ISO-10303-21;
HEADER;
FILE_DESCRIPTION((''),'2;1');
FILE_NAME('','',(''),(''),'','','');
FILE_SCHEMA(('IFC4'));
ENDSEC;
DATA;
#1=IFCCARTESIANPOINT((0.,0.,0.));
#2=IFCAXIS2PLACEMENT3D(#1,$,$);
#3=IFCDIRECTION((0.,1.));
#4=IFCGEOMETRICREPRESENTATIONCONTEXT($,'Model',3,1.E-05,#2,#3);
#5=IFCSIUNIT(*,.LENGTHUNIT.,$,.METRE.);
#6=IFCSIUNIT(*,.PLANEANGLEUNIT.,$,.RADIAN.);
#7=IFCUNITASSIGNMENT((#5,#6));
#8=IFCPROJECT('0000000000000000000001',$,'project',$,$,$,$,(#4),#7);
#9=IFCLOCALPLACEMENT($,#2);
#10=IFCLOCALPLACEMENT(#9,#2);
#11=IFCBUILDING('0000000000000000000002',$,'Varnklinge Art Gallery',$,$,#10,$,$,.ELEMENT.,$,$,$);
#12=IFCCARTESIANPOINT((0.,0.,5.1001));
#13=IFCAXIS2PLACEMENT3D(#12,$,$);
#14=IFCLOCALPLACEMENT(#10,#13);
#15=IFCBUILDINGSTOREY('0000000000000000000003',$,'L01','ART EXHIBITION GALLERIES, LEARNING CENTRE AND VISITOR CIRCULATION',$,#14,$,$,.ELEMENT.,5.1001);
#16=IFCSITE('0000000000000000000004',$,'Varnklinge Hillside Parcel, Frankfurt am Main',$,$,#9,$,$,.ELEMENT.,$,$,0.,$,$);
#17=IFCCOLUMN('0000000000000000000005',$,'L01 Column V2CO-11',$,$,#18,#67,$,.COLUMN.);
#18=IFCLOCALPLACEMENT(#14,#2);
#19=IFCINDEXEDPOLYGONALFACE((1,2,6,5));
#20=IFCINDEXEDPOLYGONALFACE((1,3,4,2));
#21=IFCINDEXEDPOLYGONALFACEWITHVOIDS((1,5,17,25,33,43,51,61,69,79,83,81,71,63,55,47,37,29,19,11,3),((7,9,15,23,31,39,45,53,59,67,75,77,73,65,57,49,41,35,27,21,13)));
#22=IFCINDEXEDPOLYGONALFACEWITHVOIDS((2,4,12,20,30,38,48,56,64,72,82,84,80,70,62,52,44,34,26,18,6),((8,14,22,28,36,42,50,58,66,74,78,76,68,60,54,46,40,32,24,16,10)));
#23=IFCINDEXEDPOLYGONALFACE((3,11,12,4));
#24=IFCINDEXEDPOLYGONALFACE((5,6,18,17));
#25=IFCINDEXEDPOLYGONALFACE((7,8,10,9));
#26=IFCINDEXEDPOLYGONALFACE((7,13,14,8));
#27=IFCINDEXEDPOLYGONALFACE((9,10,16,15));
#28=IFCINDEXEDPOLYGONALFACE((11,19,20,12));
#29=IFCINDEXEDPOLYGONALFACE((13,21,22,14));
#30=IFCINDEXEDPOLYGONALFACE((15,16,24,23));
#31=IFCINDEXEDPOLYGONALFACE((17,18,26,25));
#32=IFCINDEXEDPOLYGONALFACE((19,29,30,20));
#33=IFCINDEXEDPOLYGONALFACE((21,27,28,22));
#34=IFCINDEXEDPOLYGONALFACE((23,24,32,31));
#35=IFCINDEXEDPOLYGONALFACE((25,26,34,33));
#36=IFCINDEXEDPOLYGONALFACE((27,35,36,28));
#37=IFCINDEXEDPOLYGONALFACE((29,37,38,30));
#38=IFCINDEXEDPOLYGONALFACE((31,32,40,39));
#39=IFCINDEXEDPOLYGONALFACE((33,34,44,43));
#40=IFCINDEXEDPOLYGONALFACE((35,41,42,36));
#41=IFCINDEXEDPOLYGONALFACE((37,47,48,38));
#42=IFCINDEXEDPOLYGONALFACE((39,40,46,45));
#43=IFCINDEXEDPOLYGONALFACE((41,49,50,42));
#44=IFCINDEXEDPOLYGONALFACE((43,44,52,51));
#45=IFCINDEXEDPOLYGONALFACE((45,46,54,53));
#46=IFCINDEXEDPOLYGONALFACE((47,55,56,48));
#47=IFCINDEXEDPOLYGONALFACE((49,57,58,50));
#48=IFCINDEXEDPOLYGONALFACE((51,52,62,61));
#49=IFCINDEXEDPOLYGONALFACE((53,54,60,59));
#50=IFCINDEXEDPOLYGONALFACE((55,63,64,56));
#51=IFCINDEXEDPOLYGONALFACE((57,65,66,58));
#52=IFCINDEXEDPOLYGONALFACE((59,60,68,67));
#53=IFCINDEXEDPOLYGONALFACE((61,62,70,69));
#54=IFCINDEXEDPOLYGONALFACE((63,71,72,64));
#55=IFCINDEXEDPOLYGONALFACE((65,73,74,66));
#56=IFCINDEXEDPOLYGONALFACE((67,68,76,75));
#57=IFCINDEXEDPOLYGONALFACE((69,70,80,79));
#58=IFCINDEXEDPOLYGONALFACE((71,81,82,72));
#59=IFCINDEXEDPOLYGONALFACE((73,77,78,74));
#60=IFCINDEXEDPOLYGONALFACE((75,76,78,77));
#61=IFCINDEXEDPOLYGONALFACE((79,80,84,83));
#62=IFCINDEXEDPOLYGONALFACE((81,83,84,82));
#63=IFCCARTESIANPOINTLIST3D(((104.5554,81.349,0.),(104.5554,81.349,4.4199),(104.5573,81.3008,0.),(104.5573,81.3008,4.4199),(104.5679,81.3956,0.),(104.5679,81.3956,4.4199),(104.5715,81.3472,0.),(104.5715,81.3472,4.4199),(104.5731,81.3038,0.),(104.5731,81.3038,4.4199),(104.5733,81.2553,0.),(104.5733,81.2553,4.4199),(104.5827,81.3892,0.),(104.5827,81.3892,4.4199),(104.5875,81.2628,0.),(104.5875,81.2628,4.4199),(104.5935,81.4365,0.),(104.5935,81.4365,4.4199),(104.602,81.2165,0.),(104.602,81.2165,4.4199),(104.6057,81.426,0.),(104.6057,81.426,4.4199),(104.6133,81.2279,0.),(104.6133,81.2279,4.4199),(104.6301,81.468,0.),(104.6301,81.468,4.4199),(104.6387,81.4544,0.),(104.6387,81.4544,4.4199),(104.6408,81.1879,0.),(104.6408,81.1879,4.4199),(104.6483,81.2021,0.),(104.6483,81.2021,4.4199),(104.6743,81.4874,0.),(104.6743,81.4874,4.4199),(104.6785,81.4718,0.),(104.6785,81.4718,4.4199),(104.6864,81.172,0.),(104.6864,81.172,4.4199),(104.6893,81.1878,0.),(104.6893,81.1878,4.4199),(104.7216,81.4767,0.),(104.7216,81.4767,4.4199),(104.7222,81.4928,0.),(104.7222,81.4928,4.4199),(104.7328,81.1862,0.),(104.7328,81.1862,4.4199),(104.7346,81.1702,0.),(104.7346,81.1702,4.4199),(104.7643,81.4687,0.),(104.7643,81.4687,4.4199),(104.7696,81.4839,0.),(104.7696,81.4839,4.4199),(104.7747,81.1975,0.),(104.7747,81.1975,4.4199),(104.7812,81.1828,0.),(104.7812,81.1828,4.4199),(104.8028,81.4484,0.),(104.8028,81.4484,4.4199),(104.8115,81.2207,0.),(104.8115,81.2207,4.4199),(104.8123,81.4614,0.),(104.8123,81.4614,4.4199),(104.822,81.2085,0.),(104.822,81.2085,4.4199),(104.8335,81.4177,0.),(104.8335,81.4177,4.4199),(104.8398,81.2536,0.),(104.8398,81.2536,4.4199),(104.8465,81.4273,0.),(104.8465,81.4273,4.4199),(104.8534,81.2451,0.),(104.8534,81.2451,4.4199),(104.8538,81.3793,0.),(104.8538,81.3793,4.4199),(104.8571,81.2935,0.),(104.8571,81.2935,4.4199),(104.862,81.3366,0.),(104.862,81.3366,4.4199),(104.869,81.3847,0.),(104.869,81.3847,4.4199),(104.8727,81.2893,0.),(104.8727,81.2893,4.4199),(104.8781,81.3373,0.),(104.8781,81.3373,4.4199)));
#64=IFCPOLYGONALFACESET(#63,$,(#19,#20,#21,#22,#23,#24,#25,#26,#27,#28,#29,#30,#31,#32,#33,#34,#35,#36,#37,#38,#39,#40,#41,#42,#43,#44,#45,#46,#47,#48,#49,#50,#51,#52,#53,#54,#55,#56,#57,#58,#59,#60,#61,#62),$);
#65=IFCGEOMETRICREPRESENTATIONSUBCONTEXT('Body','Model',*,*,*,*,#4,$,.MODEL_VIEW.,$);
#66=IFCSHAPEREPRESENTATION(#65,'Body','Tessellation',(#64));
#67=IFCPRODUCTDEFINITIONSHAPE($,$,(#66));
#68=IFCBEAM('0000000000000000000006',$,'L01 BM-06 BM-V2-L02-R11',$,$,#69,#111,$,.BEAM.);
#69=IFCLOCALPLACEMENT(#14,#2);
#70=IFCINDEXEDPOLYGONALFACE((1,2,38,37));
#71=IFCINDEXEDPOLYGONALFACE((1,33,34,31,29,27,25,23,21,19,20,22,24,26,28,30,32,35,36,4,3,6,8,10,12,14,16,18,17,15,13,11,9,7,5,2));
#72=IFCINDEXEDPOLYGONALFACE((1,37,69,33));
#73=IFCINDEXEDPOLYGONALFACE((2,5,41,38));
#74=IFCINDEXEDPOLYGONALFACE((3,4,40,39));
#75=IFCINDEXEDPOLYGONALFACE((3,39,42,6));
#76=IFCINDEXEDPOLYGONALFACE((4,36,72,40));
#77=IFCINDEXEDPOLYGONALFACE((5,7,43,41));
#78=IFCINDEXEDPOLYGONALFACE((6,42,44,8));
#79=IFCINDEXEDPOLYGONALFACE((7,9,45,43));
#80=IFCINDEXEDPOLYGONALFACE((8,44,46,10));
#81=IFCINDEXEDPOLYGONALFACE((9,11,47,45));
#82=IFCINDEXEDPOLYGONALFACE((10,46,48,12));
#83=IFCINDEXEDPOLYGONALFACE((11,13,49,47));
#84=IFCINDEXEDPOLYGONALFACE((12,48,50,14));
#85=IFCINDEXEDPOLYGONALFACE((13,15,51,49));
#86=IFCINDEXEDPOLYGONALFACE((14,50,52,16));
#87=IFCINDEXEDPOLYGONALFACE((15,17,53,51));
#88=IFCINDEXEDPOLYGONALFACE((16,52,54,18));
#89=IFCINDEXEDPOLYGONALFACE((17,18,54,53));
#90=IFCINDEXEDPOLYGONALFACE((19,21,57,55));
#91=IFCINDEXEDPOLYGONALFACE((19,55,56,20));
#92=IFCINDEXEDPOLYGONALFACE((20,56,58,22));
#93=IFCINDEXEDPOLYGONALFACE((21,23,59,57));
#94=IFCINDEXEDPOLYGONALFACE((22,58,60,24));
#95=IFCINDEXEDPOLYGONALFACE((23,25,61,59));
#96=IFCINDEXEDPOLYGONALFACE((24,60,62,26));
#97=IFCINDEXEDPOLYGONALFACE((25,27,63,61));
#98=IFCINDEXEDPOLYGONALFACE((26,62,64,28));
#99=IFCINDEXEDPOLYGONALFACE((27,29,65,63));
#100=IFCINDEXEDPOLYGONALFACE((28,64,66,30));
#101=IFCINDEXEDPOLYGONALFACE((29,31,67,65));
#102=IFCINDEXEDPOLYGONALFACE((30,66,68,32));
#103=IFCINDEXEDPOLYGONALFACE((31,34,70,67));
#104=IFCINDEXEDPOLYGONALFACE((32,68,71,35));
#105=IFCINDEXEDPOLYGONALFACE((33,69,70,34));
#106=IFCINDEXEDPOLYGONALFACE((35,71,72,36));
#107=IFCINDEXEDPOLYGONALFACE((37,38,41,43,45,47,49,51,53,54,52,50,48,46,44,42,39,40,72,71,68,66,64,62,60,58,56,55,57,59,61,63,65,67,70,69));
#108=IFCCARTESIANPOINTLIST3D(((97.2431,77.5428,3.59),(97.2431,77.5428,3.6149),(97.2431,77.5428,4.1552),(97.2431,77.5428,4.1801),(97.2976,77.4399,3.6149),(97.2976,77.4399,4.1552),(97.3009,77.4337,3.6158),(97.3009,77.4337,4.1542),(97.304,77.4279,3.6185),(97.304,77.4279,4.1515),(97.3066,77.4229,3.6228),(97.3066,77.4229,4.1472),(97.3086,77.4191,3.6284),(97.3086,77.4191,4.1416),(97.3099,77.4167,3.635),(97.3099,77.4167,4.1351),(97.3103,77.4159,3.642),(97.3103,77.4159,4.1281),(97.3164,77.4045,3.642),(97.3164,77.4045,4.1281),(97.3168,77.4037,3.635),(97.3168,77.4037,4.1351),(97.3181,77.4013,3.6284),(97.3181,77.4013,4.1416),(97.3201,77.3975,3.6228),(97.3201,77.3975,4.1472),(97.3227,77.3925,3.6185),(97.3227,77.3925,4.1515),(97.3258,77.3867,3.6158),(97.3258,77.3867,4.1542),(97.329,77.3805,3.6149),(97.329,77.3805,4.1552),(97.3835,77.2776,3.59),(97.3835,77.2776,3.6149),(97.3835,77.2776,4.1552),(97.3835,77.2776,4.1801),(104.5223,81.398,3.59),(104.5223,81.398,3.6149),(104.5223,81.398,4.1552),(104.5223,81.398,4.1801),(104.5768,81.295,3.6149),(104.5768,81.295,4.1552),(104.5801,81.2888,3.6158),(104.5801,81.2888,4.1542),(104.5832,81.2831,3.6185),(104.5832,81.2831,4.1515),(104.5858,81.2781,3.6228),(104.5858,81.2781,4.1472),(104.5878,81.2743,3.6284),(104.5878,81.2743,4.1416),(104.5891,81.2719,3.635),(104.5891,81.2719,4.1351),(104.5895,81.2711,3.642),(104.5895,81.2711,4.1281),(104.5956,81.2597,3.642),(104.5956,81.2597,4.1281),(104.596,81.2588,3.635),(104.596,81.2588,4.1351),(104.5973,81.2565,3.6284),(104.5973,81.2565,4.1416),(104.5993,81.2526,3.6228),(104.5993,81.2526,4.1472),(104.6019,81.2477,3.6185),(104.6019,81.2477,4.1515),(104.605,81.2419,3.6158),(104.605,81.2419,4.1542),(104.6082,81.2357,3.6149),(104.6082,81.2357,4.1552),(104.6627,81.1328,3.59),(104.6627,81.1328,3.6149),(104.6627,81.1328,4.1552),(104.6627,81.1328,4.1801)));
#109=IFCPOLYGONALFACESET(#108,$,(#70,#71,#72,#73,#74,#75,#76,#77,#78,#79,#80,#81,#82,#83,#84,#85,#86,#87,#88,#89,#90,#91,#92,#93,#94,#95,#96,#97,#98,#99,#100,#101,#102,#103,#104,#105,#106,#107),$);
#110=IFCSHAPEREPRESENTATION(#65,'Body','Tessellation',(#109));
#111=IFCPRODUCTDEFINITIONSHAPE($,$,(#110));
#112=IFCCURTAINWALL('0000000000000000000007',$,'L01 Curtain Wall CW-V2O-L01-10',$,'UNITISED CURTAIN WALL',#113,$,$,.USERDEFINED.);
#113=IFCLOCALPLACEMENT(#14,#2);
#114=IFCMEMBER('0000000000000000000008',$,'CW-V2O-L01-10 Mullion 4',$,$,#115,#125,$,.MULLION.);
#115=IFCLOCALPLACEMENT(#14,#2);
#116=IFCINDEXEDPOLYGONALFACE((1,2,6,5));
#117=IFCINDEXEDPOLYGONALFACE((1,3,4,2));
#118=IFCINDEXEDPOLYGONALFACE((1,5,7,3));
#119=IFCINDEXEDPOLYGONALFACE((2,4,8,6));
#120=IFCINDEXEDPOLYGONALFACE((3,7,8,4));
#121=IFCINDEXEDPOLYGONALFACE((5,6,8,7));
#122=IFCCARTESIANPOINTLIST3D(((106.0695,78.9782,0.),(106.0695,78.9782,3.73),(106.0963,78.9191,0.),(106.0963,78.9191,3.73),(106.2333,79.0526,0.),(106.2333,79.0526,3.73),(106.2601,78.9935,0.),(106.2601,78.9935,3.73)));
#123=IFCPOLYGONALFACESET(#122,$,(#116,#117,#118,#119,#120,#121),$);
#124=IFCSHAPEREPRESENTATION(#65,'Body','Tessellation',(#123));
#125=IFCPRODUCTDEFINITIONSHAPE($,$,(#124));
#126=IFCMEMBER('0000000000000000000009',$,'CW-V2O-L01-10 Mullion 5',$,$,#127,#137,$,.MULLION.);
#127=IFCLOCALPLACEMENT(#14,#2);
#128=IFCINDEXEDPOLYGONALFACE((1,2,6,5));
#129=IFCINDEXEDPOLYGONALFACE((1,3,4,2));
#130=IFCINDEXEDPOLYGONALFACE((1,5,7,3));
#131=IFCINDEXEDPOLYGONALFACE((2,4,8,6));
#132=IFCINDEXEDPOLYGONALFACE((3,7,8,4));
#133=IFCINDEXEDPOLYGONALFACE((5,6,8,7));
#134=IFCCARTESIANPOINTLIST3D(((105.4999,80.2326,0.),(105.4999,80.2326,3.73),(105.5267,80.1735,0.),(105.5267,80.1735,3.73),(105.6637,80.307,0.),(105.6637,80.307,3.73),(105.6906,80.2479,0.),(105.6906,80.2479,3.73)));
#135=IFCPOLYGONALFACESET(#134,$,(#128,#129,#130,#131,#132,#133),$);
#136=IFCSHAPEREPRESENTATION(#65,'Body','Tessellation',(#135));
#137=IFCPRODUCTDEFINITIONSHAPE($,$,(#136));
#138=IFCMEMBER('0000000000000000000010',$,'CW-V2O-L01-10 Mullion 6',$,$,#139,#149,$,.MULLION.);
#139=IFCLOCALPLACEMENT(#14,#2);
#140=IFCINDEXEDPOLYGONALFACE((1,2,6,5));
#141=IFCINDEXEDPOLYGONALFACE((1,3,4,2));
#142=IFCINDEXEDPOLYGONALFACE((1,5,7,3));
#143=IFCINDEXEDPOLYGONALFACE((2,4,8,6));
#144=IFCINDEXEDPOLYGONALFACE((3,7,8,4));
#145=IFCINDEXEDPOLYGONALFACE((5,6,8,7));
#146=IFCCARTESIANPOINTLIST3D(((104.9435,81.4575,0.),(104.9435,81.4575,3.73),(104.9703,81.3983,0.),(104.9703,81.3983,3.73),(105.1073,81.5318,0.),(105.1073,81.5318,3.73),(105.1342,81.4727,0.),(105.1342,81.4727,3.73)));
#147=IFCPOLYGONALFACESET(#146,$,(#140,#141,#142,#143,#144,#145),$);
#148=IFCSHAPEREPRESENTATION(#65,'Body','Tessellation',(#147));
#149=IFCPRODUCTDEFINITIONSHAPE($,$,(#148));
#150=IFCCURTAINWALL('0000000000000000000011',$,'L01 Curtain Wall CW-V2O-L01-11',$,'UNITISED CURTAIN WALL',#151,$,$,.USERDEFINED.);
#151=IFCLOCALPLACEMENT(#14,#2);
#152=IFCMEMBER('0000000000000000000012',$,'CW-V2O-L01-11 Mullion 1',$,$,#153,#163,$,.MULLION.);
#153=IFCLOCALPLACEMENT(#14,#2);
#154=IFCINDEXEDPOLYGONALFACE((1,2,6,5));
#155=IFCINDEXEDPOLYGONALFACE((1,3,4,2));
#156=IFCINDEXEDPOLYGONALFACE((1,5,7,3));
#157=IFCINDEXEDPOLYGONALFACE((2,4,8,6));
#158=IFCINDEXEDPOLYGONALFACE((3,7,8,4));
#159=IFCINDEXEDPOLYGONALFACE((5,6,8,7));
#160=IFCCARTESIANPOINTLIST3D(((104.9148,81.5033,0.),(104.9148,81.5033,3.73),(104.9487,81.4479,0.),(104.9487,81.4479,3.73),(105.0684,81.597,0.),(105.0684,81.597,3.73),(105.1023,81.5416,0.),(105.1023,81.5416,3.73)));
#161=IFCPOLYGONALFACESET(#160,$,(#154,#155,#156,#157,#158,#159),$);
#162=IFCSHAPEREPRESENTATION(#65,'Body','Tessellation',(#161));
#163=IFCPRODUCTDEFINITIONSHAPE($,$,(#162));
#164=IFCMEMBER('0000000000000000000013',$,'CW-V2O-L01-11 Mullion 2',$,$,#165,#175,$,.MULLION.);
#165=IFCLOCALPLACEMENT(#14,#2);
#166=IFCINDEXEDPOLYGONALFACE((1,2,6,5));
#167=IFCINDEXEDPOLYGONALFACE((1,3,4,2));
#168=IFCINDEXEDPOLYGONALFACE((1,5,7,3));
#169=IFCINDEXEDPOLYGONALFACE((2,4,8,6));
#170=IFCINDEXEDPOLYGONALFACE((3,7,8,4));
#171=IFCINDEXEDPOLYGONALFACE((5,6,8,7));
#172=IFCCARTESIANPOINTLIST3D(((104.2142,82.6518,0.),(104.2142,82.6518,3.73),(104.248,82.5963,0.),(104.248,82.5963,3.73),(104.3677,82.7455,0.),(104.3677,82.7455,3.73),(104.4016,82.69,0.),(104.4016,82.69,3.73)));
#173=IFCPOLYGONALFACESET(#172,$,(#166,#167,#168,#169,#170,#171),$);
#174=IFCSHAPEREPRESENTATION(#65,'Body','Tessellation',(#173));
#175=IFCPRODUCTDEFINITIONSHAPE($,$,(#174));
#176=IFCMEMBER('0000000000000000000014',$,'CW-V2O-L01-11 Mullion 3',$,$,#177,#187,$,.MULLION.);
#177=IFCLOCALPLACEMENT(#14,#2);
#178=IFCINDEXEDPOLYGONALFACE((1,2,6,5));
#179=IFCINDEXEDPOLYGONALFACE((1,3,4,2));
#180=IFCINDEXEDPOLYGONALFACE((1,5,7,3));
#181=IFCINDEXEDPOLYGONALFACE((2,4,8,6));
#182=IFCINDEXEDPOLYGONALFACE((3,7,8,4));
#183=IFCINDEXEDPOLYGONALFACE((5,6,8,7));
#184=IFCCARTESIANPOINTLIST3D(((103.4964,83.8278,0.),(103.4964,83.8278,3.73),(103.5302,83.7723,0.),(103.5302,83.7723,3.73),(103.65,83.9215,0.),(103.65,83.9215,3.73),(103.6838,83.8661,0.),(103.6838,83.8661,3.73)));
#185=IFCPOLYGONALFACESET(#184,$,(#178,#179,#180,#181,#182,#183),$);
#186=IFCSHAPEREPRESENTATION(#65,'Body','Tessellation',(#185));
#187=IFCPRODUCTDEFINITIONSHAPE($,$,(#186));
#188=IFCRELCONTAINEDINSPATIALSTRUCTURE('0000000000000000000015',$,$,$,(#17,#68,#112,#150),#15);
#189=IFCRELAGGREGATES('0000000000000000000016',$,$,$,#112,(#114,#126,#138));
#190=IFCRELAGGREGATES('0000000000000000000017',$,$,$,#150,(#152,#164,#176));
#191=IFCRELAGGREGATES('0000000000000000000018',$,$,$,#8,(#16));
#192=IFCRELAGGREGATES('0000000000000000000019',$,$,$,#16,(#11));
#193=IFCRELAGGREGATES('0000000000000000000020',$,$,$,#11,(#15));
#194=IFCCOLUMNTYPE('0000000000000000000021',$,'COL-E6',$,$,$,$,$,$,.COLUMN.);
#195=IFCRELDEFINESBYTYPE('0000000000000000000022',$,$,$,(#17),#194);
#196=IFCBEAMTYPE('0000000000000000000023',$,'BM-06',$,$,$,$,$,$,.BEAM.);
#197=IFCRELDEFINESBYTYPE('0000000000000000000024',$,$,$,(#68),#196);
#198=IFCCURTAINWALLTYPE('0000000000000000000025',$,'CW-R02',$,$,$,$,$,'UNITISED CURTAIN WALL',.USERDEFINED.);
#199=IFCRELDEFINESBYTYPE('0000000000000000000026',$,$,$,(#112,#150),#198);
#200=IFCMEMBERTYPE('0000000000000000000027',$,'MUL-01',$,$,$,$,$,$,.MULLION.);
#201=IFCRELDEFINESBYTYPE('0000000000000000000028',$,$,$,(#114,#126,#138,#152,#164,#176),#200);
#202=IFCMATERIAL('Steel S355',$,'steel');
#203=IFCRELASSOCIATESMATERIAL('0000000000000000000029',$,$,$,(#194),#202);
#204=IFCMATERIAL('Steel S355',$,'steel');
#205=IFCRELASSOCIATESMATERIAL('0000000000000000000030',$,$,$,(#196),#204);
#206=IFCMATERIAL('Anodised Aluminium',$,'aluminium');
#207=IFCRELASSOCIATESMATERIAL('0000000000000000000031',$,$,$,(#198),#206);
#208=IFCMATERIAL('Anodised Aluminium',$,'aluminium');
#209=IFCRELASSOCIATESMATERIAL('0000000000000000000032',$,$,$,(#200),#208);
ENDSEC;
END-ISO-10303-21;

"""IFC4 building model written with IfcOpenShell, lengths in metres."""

from ifc_helpers import new_model, si_unit, direction, frame, origin, origin_2d, place, context, subcontext, project, spatial, rectangle, hollow_circle, i_section, extrude, material, material_profile, profile_set, type_object, element, aggregate, save


model = new_model("IFC4")

# Units and contexts
model_context = context("Model", 3, precision=1e-05, world=origin(), true_north=direction((0.0, 1.0)))
body_context = subcontext(model_context, "Body", "Model", "MODEL_VIEW")
ifc_project = project(units=[si_unit("LENGTHUNIT", "METRE"), si_unit("PLANEANGLEUNIT", "RADIAN")], contexts=[model_context])

# Site, building, storey
site_placement = place(None, origin())
site = spatial("IfcSite", under=ifc_project, at=site_placement, Name="Varnklinge Hillside Parcel, Frankfurt am Main", CompositionType="ELEMENT", RefElevation=0.0)
building_placement = place(site_placement, origin())
building = spatial("IfcBuilding", under=site, at=building_placement, Name="Varnklinge Art Gallery", CompositionType="ELEMENT")
storey_placement = place(building_placement, frame((0.0, 0.0, 5.1001)))
storey = spatial("IfcBuildingStorey", under=building, at=storey_placement, Name="L01", Description="ART EXHIBITION GALLERIES, LEARNING CENTRE AND VISITOR CIRCULATION", CompositionType="ELEMENT", Elevation=5.1001)

# Column
ifc_material_1 = material(Name="Steel S355", Category="steel")
ifc_material_profile_1 = material_profile(ifc_material_1, hollow_circle(Radius=0.1619, WallThickness=0.0161, at=origin_2d()), Name="CHS 323.9x16")
ifc_profile_set_1 = profile_set([ifc_material_profile_1], Name="Steel S355")
column_type = type_object("IfcColumnType", Name="COL-E6", PredefinedType="COLUMN", material=ifc_profile_set_1)
column_placement = place(storey_placement, frame((104.7163, 81.3311, 0.0), z_axis=(0.0, 0.0, 1.0), x_axis=(-0.883684, -0.468084, 0.0)))
element("IfcColumn", 1, at=column_placement, inside=storey, type_object=column_type, Name="L01 Column V2CO-11", PredefinedType="COLUMN", context=body_context, shape_type="SweptSolid", body=[
    extrude(hollow_circle(Radius=0.1619, WallThickness=0.0161, at=origin_2d()), origin(), (0.0, 0.0, 1.0), 4.4199),
])

# Beam
ifc_material_2 = material(Name="Steel S355", Category="steel")
ifc_material_profile_2 = material_profile(ifc_material_2, i_section(OverallWidth=0.3, OverallDepth=0.5901, WebThickness=0.0129, FlangeThickness=0.0249, FilletRadius=0.0271, at=origin_2d()), Name="HEA 600")
ifc_profile_set_2 = profile_set([ifc_material_profile_2], Name="Steel S355")
beam_type_1 = type_object("IfcBeamType", Name="BM-06", PredefinedType="BEAM", material=ifc_profile_set_2)
beam_1_placement = place(storey_placement, frame((104.5925, 81.2654, 3.885), z_axis=(-0.883714, -0.468028, 0.0), x_axis=(0.468028, -0.883714, 0.0)))
element("IfcBeam", 2, at=beam_1_placement, inside=storey, type_object=beam_type_1, Name="L01 BM-06 BM-V2-L02-R11", PredefinedType="BEAM", context=body_context, shape_type="SweptSolid", body=[
    extrude(i_section(OverallWidth=0.3, OverallDepth=0.5901, WebThickness=0.0129, FlangeThickness=0.0249, FilletRadius=0.0271, at=origin_2d()), origin(), (0.0, 0.0, 1.0), 8.2371),
])

# Curtain walls, members
ifc_material_3 = material(Name="Anodised Aluminium", Category="aluminium")
curtain_wall_type = type_object("IfcCurtainWallType", Name="CW-R02", ElementType="UNITISED CURTAIN WALL", PredefinedType="USERDEFINED", material=ifc_material_3)
curtain_wall_1_placement = place(storey_placement, origin())
curtain_wall_1 = element("IfcCurtainWall", 3, at=curtain_wall_1_placement, inside=storey, type_object=curtain_wall_type, Name="L01 Curtain Wall CW-V2O-L01-10", ObjectType="UNITISED CURTAIN WALL", PredefinedType="USERDEFINED")
ifc_material_4 = material(Name="Anodised Aluminium", Category="aluminium")
ifc_material_profile_3 = material_profile(ifc_material_4, rectangle(XDim=0.0649, YDim=0.1799, at=origin_2d()), Name="ALU 65x180")
ifc_profile_set_3 = profile_set([ifc_material_profile_3], Name="Anodised Aluminium")
member_type_1 = type_object("IfcMemberType", Name="MUL-01", PredefinedType="MULLION", material=ifc_profile_set_3)
member_1_placement = place(storey_placement, frame((106.1648, 78.9858, 0.0), z_axis=(0.0, 0.0, 1.0), x_axis=(-0.413422, 0.910539, 0.0)))
member_1 = element("IfcMember", 4, at=member_1_placement, type_object=member_type_1, Name="CW-V2O-L01-10 Mullion 4", PredefinedType="MULLION", context=body_context, shape_type="SweptSolid", body=[
    extrude(rectangle(XDim=0.0649, YDim=0.1799, at=origin_2d()), origin(), (0.0, 0.0, 1.0), 3.73),
])
member_2_placement = place(storey_placement, frame((105.5952, 80.2402, 0.0), z_axis=(0.0, 0.0, 1.0), x_axis=(-0.413422, 0.910539, 0.0)))
member_2 = element("IfcMember", 5, at=member_2_placement, type_object=member_type_1, Name="CW-V2O-L01-10 Mullion 5", PredefinedType="MULLION", context=body_context, shape_type="SweptSolid", body=[
    extrude(rectangle(XDim=0.0649, YDim=0.1799, at=origin_2d()), origin(), (0.0, 0.0, 1.0), 3.73),
])
member_3_placement = place(storey_placement, frame((105.0388, 81.4651, 0.0), z_axis=(0.0, 0.0, 1.0), x_axis=(-0.413422, 0.910539, 0.0)))
member_3 = element("IfcMember", 6, at=member_3_placement, type_object=member_type_1, Name="CW-V2O-L01-10 Mullion 6", PredefinedType="MULLION", context=body_context, shape_type="SweptSolid", body=[
    extrude(rectangle(XDim=0.0649, YDim=0.1799, at=origin_2d()), origin(), (0.0, 0.0, 1.0), 3.73),
])
curtain_wall_2_placement = place(storey_placement, origin())
curtain_wall_2 = element("IfcCurtainWall", 7, at=curtain_wall_2_placement, inside=storey, type_object=curtain_wall_type, Name="L01 Curtain Wall CW-V2O-L01-11", ObjectType="UNITISED CURTAIN WALL", PredefinedType="USERDEFINED")
member_4_placement = place(storey_placement, frame((105.0085, 81.5225, 0.0), z_axis=(0.0, 0.0, 1.0), x_axis=(-0.520861, 0.853642, 0.0)))
member_4 = element("IfcMember", 8, at=member_4_placement, type_object=member_type_1, Name="CW-V2O-L01-11 Mullion 1", PredefinedType="MULLION", context=body_context, shape_type="SweptSolid", body=[
    extrude(rectangle(XDim=0.0649, YDim=0.1799, at=origin_2d()), origin(), (0.0, 0.0, 1.0), 3.73),
])
member_5_placement = place(storey_placement, frame((104.3079, 82.6709, 0.0), z_axis=(0.0, 0.0, 1.0), x_axis=(-0.520861, 0.853642, 0.0)))
member_5 = element("IfcMember", 9, at=member_5_placement, type_object=member_type_1, Name="CW-V2O-L01-11 Mullion 2", PredefinedType="MULLION", context=body_context, shape_type="SweptSolid", body=[
    extrude(rectangle(XDim=0.0649, YDim=0.1799, at=origin_2d()), origin(), (0.0, 0.0, 1.0), 3.73),
])
member_6_placement = place(storey_placement, frame((103.5901, 83.8469, 0.0), z_axis=(0.0, 0.0, 1.0), x_axis=(-0.520861, 0.853642, 0.0)))
member_6 = element("IfcMember", 10, at=member_6_placement, type_object=member_type_1, Name="CW-V2O-L01-11 Mullion 3", PredefinedType="MULLION", context=body_context, shape_type="SweptSolid", body=[
    extrude(rectangle(XDim=0.0649, YDim=0.1799, at=origin_2d()), origin(), (0.0, 0.0, 1.0), 3.73),
])

aggregate(curtain_wall_1, [member_1, member_2, member_3])
aggregate(curtain_wall_2, [member_4, member_5, member_6])

save(model, "model.ifc")
